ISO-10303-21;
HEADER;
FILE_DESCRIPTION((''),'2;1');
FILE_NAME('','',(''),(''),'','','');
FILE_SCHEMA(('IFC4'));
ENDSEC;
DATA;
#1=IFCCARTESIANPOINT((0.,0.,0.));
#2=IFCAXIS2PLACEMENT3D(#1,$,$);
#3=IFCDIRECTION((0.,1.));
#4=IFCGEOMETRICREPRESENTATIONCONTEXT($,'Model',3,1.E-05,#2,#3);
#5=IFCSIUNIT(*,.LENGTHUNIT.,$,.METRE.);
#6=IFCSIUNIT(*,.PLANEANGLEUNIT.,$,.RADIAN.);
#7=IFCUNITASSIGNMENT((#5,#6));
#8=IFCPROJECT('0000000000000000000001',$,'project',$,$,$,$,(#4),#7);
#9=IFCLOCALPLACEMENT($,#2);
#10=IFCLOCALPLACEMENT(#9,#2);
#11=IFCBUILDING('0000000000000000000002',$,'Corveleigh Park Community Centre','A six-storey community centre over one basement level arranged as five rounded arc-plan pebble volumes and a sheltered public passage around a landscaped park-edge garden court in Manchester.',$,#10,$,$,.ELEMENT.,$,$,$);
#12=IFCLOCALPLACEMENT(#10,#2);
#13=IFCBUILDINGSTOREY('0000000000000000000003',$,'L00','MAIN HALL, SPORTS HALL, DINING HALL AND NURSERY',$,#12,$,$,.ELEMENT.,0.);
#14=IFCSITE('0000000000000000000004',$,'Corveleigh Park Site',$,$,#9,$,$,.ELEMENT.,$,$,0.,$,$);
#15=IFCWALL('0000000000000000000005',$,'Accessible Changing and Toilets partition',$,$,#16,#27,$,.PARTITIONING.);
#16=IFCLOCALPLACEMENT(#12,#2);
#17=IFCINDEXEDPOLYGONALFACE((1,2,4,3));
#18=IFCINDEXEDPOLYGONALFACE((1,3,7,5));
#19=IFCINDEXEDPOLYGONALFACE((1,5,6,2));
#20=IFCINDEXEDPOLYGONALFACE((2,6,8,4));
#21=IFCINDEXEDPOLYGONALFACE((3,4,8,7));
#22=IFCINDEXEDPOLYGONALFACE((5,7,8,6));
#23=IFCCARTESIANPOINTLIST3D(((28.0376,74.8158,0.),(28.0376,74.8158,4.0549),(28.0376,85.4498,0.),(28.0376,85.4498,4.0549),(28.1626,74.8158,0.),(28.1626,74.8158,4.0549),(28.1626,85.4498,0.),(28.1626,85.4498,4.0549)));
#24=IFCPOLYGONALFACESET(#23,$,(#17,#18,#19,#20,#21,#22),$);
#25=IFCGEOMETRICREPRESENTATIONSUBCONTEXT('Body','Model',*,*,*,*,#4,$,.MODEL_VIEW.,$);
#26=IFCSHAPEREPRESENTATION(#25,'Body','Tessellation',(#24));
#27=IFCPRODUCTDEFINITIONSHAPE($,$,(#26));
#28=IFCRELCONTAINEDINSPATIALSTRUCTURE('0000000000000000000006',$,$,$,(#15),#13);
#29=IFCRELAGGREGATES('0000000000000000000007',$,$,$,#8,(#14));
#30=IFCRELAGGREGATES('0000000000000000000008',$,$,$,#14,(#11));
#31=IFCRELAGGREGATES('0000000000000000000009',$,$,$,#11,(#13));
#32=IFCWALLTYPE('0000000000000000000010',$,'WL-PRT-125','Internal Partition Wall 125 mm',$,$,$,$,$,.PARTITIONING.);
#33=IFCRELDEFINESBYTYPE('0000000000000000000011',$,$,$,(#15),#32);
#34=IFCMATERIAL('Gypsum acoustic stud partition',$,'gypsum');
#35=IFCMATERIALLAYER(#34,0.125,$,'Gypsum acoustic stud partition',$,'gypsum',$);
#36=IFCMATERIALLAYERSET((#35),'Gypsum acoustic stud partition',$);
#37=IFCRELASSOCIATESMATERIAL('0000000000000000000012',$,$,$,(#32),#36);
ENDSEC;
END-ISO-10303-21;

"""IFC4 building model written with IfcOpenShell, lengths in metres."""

from ifc_helpers import new_model, si_unit, direction, frame, frame_2d, origin, place, context, subcontext, project, spatial, rectangle, extrude, material, layer, layer_set, type_object, element, save


model = new_model("IFC4")

# Units and contexts
model_context = context("Model", 3, precision=1e-05, world=origin(), true_north=direction((0.0, 1.0)))
body_context = subcontext(model_context, "Body", "Model", "MODEL_VIEW")
ifc_project = project(units=[si_unit("LENGTHUNIT", "METRE"), si_unit("PLANEANGLEUNIT", "RADIAN")], contexts=[model_context])

# Site, building, storey
site_placement = place(None, origin())
site = spatial("IfcSite", under=ifc_project, at=site_placement, Name="Corveleigh Park Site", CompositionType="ELEMENT", RefElevation=0.0)
building_placement = place(site_placement, origin())
building = spatial("IfcBuilding", under=site, at=building_placement, Name="Corveleigh Park Community Centre", Description="A six-storey community centre over one basement level arranged as five rounded arc-plan pebble volumes and a sheltered public passage around a landscaped park-edge garden court in Manchester.", CompositionType="ELEMENT")
storey_placement = place(building_placement, origin())
storey = spatial("IfcBuildingStorey", under=building, at=storey_placement, Name="L00", Description="MAIN HALL, SPORTS HALL, DINING HALL AND NURSERY", CompositionType="ELEMENT", Elevation=0.0)

# Wall
ifc_material_1 = material(Name="Gypsum acoustic stud partition", Category="gypsum")
ifc_layer_1 = layer(ifc_material_1, 0.125, Name="Gypsum acoustic stud partition", Category="gypsum")
ifc_layer_set_1 = layer_set([ifc_layer_1], Name="Gypsum acoustic stud partition")
wall_type_1 = type_object("IfcWallType", Name="WL-PRT-125", Description="Internal Partition Wall 125 mm", PredefinedType="PARTITIONING", material=ifc_layer_set_1)
wall_1_placement = place(storey_placement, frame((28.1001, 74.8159, 0.0), z_axis=(0.0, 0.0, 1.0), x_axis=(0.0, 1.0, 0.0)))
element("IfcWall", 1, at=wall_1_placement, inside=storey, type_object=wall_type_1, Name="Accessible Changing and Toilets partition", PredefinedType="PARTITIONING", context=body_context, shape_type="SweptSolid", body=[
    extrude(rectangle(XDim=10.634, YDim=0.125, at=frame_2d((5.3169, 0.0))), origin(), (0.0, 0.0, 1.0), 4.0549),
])

save(model, "model.ifc")
